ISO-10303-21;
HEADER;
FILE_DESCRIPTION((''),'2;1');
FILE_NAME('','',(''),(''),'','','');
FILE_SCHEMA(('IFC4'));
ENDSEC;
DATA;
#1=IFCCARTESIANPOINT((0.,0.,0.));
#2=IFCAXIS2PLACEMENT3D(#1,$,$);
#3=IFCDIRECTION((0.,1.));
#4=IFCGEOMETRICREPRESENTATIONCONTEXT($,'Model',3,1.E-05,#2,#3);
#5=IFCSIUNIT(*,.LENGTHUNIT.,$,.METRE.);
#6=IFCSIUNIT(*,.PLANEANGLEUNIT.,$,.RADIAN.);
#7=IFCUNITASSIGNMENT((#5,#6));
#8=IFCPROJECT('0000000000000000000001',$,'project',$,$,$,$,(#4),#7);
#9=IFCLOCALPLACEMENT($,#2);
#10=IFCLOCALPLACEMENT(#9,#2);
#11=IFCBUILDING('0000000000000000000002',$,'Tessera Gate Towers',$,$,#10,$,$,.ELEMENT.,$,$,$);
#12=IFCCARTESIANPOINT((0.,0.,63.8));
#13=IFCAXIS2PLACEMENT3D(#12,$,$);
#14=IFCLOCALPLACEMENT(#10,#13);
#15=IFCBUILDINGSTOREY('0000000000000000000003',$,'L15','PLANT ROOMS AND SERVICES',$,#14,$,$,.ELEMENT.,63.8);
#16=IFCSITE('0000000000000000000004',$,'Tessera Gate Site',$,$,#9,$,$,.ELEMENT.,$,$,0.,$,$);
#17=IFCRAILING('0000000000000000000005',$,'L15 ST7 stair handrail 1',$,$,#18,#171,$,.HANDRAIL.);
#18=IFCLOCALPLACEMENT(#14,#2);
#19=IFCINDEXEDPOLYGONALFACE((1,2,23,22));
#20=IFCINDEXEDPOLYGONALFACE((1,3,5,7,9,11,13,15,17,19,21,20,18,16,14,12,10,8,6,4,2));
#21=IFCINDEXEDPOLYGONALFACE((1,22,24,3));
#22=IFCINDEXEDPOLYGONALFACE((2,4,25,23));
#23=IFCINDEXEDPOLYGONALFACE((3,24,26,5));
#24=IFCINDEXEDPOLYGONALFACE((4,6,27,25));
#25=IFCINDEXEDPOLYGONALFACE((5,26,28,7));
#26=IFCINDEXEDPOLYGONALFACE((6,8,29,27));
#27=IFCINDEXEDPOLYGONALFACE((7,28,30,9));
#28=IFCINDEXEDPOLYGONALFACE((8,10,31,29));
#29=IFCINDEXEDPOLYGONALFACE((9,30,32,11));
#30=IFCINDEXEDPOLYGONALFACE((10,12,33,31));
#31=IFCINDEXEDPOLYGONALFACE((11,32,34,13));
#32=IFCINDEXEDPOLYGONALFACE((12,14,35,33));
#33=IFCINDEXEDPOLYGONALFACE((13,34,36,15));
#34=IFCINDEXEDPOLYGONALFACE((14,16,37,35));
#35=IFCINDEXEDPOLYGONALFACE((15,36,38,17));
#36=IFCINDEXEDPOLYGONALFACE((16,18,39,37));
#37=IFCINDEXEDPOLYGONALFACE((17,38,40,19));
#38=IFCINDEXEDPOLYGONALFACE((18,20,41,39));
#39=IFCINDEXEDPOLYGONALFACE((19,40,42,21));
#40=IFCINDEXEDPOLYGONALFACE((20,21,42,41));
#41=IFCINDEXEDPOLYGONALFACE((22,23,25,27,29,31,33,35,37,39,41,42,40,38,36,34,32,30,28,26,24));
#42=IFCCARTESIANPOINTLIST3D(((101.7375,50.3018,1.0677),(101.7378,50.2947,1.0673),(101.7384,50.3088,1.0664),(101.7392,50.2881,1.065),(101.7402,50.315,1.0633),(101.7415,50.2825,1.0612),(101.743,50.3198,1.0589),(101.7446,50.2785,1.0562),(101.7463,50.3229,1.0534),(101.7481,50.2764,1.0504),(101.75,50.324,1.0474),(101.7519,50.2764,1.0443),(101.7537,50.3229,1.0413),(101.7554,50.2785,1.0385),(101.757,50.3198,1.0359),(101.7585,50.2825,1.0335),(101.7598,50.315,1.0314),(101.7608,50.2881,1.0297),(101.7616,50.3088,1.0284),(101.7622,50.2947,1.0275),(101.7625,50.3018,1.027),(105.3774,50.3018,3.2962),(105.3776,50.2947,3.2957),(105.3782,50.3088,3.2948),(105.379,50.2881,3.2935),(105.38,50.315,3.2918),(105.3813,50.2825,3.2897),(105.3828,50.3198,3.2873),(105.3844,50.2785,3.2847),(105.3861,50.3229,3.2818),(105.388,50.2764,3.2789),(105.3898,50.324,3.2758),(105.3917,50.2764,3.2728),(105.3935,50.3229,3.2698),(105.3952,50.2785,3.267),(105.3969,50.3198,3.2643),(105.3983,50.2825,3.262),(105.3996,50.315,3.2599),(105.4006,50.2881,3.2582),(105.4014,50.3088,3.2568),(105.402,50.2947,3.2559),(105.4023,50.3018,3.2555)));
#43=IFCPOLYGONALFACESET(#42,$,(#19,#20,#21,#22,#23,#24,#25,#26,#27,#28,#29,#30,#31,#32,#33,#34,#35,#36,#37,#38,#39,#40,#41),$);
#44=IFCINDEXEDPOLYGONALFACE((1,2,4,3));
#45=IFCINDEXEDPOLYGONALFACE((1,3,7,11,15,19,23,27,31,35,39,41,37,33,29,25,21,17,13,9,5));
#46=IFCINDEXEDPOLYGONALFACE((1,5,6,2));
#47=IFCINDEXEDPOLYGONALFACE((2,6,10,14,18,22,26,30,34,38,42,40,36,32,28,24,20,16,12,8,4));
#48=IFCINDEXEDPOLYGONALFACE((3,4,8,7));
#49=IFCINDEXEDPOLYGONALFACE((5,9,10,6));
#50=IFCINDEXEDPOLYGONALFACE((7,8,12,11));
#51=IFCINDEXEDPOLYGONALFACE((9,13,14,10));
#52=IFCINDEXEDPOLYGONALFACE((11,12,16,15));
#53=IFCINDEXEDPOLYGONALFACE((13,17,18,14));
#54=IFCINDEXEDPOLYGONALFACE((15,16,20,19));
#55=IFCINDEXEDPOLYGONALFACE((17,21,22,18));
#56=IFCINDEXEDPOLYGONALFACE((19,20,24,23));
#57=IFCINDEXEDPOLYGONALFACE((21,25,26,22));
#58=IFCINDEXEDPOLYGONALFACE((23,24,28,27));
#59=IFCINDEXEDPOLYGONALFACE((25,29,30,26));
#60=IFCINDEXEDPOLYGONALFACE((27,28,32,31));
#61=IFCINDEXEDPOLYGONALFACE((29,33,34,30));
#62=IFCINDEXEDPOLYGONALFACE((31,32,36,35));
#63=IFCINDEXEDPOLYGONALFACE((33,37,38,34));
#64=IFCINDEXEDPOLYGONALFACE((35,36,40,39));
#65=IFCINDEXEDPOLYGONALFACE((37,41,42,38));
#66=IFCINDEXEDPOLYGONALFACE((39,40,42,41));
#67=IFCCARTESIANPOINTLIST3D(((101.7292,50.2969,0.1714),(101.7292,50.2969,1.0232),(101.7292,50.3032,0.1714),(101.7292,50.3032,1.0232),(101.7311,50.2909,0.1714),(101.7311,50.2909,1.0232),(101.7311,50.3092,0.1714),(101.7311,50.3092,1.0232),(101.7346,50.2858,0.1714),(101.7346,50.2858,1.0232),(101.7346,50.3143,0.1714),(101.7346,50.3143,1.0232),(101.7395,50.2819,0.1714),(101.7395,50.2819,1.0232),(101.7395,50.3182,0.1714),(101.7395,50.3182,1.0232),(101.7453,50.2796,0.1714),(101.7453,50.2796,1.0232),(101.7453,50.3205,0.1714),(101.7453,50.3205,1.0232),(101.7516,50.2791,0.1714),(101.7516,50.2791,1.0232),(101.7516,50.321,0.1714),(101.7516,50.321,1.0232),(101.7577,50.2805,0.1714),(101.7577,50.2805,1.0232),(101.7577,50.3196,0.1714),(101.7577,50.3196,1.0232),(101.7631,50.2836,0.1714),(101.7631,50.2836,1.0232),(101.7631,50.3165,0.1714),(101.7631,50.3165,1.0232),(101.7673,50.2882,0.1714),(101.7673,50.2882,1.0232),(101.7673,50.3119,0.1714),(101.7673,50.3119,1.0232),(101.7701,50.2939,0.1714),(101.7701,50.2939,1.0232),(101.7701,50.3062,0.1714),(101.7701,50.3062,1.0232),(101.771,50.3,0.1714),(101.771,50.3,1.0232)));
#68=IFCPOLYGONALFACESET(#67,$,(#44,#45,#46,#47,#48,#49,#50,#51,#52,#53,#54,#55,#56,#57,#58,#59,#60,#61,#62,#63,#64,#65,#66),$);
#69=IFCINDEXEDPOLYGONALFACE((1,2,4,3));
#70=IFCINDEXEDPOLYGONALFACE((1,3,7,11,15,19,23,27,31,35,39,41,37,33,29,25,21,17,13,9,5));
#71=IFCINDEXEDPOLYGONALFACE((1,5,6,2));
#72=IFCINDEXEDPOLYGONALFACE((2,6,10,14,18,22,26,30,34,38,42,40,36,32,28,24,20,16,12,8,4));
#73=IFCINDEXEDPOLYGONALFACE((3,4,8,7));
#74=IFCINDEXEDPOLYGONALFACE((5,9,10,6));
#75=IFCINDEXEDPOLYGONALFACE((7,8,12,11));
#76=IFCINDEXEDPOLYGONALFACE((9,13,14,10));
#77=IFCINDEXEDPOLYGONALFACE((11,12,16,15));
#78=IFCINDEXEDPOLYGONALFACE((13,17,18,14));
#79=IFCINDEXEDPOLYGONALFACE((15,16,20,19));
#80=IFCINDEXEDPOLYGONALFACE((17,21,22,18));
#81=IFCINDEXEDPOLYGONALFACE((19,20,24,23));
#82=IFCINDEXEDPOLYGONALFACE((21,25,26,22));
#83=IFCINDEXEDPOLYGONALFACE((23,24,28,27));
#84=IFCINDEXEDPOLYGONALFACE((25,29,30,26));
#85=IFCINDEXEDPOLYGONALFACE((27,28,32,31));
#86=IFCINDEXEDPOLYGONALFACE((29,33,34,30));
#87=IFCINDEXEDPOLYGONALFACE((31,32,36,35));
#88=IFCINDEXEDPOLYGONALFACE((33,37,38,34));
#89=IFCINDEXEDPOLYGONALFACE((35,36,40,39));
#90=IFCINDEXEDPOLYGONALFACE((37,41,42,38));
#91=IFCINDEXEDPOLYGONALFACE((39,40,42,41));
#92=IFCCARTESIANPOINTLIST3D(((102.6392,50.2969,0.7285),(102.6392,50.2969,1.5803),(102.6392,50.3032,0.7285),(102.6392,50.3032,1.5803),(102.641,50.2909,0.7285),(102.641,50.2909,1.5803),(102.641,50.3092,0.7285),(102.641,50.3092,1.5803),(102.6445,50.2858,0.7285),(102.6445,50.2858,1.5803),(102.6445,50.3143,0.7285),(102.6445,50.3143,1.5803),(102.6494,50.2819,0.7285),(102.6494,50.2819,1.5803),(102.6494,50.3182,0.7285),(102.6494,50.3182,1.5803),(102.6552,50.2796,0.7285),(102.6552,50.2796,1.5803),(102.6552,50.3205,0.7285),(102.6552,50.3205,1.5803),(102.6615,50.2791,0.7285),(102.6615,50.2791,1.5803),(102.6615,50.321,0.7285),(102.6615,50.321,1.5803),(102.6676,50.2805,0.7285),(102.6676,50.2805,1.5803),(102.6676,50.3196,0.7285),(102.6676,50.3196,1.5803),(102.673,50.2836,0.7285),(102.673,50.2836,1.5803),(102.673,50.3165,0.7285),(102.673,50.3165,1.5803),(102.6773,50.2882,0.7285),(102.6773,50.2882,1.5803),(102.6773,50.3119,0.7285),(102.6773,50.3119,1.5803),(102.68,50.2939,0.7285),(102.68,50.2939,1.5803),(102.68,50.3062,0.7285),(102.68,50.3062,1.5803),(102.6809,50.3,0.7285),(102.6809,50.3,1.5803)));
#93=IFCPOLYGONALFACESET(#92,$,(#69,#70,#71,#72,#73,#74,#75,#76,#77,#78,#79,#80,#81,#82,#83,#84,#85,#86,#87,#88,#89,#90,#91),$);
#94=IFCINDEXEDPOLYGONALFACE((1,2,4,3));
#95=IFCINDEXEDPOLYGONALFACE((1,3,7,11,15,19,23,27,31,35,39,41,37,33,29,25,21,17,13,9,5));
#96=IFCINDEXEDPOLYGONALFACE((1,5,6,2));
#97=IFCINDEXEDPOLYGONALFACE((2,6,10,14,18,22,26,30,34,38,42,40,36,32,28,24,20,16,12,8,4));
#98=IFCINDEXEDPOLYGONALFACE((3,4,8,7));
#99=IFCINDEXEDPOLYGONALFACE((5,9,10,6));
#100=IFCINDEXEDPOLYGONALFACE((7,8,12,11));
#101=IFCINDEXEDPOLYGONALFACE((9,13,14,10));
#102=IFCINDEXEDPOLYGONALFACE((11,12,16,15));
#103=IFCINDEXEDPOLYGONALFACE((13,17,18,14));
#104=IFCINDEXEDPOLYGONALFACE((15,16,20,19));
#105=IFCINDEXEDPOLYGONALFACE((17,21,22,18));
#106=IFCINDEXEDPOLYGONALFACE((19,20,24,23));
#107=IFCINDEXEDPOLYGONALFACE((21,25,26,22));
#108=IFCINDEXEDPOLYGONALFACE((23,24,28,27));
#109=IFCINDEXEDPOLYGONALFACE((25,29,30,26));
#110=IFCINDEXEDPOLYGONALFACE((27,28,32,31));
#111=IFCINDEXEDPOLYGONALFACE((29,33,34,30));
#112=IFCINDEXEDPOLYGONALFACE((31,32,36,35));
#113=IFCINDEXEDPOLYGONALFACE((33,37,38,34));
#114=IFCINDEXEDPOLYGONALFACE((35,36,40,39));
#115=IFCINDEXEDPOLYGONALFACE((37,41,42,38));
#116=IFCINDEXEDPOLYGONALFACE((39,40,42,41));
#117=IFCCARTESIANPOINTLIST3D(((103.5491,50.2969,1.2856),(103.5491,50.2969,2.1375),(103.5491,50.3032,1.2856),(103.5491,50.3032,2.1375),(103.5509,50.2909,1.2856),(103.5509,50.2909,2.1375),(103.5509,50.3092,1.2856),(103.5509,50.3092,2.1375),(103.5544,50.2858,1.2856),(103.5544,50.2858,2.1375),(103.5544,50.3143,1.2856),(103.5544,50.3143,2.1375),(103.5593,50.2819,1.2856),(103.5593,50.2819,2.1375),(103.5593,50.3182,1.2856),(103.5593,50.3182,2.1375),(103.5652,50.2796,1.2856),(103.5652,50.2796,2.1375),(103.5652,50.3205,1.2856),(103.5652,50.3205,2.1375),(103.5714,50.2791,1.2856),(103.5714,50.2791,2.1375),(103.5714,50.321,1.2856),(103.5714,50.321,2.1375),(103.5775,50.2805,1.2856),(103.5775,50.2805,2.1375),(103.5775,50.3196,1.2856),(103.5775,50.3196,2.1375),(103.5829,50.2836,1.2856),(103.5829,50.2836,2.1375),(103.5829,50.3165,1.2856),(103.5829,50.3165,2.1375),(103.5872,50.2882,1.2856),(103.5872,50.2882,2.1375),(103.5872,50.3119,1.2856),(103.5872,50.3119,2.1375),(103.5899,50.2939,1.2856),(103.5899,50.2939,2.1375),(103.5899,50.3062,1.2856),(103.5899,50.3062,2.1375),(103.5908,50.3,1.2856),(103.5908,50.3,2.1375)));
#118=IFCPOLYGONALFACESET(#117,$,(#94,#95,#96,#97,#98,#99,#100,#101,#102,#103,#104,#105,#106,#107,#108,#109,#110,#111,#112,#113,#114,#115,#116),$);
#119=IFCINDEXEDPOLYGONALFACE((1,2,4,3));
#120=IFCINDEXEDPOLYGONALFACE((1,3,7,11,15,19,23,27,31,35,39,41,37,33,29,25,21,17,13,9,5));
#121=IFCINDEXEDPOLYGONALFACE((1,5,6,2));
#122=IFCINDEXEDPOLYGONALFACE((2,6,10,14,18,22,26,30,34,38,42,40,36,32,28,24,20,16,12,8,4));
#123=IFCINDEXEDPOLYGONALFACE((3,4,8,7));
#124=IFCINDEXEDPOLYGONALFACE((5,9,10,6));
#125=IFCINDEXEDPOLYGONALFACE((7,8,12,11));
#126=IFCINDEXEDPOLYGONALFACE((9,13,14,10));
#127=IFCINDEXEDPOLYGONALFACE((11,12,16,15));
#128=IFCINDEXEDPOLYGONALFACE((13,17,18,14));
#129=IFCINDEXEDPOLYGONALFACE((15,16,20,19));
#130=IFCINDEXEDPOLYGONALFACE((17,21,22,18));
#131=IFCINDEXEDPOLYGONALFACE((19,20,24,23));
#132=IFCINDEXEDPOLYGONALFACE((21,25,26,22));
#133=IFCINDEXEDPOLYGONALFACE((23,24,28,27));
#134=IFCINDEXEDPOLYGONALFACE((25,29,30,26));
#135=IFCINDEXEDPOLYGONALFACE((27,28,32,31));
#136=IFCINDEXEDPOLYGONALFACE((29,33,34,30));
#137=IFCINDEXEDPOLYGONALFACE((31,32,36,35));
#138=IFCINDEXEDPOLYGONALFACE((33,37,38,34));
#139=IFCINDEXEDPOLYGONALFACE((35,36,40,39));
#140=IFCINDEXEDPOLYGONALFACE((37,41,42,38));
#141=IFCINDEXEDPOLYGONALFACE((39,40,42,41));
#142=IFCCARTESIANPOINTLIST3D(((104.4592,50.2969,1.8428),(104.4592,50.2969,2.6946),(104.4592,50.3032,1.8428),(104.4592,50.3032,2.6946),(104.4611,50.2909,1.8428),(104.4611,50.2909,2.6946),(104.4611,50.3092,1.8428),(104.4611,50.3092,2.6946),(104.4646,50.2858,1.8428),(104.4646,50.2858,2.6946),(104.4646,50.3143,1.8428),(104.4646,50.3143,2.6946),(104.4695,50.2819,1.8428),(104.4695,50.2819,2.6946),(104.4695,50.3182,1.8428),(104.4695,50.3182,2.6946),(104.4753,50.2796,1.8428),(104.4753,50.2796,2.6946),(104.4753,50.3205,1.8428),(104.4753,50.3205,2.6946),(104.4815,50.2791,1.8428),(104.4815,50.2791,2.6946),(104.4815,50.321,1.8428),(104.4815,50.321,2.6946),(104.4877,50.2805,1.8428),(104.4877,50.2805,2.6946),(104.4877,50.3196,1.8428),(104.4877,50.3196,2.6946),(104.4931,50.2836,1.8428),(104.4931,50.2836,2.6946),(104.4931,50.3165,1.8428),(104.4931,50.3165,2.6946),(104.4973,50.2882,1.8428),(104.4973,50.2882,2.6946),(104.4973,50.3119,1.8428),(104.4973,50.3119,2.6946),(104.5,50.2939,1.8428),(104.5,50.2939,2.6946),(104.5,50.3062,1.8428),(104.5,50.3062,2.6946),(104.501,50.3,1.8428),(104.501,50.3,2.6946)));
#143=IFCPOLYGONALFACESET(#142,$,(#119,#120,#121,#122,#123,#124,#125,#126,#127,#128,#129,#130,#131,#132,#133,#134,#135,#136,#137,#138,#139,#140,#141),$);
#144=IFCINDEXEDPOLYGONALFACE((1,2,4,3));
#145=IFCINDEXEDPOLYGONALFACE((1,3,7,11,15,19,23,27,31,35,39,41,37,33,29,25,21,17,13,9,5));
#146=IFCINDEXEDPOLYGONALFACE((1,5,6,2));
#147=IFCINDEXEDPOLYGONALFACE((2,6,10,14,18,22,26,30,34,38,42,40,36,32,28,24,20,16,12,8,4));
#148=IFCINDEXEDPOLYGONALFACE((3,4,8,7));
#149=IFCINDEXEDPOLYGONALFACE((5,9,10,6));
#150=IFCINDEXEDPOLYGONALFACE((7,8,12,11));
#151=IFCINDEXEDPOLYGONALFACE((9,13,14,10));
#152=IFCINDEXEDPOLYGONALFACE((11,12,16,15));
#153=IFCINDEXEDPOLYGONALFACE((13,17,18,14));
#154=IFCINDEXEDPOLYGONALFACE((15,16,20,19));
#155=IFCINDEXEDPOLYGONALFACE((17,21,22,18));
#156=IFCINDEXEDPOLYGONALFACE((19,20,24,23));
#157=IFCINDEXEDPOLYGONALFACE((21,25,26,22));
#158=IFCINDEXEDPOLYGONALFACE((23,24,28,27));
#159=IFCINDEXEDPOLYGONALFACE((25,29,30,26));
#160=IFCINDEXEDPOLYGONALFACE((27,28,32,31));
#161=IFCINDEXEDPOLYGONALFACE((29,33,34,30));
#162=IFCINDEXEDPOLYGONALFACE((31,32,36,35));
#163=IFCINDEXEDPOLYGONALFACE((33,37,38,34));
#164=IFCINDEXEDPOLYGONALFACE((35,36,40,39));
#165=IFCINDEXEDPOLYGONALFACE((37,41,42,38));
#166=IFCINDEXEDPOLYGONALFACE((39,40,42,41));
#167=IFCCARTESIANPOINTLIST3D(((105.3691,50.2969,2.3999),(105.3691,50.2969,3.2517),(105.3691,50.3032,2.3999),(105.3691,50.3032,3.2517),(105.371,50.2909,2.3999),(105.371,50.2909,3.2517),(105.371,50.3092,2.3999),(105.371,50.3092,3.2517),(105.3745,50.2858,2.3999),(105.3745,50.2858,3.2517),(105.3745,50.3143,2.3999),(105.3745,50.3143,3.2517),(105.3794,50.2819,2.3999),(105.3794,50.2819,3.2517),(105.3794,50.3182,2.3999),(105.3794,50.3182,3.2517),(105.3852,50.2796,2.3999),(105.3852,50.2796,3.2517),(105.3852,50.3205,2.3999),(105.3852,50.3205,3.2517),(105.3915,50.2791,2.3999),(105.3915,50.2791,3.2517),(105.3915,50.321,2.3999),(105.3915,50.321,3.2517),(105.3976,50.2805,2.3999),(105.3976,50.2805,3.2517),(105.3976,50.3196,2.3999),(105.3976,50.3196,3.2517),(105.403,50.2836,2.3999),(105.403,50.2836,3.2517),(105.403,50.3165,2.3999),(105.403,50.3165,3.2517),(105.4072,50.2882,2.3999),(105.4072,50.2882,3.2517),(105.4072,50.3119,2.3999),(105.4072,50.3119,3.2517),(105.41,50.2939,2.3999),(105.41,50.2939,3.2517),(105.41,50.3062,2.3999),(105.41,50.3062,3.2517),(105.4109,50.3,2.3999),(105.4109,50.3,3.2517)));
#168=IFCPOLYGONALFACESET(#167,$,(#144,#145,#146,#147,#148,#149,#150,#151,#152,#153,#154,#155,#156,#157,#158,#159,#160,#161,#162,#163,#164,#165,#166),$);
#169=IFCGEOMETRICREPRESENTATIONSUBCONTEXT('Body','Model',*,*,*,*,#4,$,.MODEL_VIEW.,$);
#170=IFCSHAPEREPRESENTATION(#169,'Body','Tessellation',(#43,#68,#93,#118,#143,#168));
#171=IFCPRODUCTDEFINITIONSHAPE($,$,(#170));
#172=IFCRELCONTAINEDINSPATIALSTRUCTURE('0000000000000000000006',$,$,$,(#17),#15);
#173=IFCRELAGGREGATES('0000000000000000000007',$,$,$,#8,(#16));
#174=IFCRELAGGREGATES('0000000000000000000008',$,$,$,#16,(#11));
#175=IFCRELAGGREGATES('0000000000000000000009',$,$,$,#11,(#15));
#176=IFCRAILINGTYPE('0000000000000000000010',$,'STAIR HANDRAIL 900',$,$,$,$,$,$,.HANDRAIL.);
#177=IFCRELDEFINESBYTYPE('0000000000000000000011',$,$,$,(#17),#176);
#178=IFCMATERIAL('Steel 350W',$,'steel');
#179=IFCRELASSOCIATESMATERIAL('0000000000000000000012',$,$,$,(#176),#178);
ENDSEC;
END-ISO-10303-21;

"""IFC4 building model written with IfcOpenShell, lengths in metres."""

from ifc_helpers import new_model, si_unit, direction, frame, origin, origin_2d, place, context, subcontext, project, spatial, circle, extrude, material, type_object, element, save


model = new_model("IFC4")

# Units and contexts
model_context = context("Model", 3, precision=1e-05, world=origin(), true_north=direction((0.0, 1.0)))
body_context = subcontext(model_context, "Body", "Model", "MODEL_VIEW")
ifc_project = project(units=[si_unit("LENGTHUNIT", "METRE"), si_unit("PLANEANGLEUNIT", "RADIAN")], contexts=[model_context])

# Site, building, storey
site_placement = place(None, origin())
site = spatial("IfcSite", under=ifc_project, at=site_placement, Name="Tessera Gate Site", CompositionType="ELEMENT", RefElevation=0.0)
building_placement = place(site_placement, origin())
building = spatial("IfcBuilding", under=site, at=building_placement, Name="Tessera Gate Towers", CompositionType="ELEMENT")
storey_placement = place(building_placement, frame((0.0, 0.0, 63.8)))
storey = spatial("IfcBuildingStorey", under=building, at=storey_placement, Name="L15", Description="PLANT ROOMS AND SERVICES", CompositionType="ELEMENT", Elevation=63.8)

# Railing
ifc_material_1 = material(Name="Steel 350W", Category="steel")
railing_type_1 = type_object("IfcRailingType", Name="STAIR HANDRAIL 900", PredefinedType="HANDRAIL", material=ifc_material_1)
railing_1_placement = place(storey_placement, frame((101.75, 50.3, 0.1714)))
element("IfcRailing", 1, at=railing_1_placement, inside=storey, type_object=railing_type_1, Name="L15 ST7 stair handrail 1", PredefinedType="HANDRAIL", context=body_context, shape_type="SweptSolid", body=[
    extrude(circle(Radius=0.0239, at=origin_2d()), frame((0.0, 0.0, 0.876), z_axis=(0.85285, 0.0, 0.522156), x_axis=(0.0, 1.0, 0.0)), (0.0, 0.0, 1.0), 4.2678),
    extrude(circle(Radius=0.021, at=origin_2d()), origin(), (0.0, 0.0, 1.0), 0.8518),
    extrude(circle(Radius=0.021, at=origin_2d()), frame((0.9099, 0.0, 0.5571)), (0.0, 0.0, 1.0), 0.8518),
    extrude(circle(Radius=0.021, at=origin_2d()), frame((1.8198, 0.0, 1.1143)), (0.0, 0.0, 1.0), 0.8518),
    extrude(circle(Radius=0.021, at=origin_2d()), frame((2.73, 0.0, 1.6714)), (0.0, 0.0, 1.0), 0.8518),
    extrude(circle(Radius=0.021, at=origin_2d()), frame((3.6399, 0.0, 2.2285)), (0.0, 0.0, 1.0), 0.8518),
])

save(model, "model.ifc")
